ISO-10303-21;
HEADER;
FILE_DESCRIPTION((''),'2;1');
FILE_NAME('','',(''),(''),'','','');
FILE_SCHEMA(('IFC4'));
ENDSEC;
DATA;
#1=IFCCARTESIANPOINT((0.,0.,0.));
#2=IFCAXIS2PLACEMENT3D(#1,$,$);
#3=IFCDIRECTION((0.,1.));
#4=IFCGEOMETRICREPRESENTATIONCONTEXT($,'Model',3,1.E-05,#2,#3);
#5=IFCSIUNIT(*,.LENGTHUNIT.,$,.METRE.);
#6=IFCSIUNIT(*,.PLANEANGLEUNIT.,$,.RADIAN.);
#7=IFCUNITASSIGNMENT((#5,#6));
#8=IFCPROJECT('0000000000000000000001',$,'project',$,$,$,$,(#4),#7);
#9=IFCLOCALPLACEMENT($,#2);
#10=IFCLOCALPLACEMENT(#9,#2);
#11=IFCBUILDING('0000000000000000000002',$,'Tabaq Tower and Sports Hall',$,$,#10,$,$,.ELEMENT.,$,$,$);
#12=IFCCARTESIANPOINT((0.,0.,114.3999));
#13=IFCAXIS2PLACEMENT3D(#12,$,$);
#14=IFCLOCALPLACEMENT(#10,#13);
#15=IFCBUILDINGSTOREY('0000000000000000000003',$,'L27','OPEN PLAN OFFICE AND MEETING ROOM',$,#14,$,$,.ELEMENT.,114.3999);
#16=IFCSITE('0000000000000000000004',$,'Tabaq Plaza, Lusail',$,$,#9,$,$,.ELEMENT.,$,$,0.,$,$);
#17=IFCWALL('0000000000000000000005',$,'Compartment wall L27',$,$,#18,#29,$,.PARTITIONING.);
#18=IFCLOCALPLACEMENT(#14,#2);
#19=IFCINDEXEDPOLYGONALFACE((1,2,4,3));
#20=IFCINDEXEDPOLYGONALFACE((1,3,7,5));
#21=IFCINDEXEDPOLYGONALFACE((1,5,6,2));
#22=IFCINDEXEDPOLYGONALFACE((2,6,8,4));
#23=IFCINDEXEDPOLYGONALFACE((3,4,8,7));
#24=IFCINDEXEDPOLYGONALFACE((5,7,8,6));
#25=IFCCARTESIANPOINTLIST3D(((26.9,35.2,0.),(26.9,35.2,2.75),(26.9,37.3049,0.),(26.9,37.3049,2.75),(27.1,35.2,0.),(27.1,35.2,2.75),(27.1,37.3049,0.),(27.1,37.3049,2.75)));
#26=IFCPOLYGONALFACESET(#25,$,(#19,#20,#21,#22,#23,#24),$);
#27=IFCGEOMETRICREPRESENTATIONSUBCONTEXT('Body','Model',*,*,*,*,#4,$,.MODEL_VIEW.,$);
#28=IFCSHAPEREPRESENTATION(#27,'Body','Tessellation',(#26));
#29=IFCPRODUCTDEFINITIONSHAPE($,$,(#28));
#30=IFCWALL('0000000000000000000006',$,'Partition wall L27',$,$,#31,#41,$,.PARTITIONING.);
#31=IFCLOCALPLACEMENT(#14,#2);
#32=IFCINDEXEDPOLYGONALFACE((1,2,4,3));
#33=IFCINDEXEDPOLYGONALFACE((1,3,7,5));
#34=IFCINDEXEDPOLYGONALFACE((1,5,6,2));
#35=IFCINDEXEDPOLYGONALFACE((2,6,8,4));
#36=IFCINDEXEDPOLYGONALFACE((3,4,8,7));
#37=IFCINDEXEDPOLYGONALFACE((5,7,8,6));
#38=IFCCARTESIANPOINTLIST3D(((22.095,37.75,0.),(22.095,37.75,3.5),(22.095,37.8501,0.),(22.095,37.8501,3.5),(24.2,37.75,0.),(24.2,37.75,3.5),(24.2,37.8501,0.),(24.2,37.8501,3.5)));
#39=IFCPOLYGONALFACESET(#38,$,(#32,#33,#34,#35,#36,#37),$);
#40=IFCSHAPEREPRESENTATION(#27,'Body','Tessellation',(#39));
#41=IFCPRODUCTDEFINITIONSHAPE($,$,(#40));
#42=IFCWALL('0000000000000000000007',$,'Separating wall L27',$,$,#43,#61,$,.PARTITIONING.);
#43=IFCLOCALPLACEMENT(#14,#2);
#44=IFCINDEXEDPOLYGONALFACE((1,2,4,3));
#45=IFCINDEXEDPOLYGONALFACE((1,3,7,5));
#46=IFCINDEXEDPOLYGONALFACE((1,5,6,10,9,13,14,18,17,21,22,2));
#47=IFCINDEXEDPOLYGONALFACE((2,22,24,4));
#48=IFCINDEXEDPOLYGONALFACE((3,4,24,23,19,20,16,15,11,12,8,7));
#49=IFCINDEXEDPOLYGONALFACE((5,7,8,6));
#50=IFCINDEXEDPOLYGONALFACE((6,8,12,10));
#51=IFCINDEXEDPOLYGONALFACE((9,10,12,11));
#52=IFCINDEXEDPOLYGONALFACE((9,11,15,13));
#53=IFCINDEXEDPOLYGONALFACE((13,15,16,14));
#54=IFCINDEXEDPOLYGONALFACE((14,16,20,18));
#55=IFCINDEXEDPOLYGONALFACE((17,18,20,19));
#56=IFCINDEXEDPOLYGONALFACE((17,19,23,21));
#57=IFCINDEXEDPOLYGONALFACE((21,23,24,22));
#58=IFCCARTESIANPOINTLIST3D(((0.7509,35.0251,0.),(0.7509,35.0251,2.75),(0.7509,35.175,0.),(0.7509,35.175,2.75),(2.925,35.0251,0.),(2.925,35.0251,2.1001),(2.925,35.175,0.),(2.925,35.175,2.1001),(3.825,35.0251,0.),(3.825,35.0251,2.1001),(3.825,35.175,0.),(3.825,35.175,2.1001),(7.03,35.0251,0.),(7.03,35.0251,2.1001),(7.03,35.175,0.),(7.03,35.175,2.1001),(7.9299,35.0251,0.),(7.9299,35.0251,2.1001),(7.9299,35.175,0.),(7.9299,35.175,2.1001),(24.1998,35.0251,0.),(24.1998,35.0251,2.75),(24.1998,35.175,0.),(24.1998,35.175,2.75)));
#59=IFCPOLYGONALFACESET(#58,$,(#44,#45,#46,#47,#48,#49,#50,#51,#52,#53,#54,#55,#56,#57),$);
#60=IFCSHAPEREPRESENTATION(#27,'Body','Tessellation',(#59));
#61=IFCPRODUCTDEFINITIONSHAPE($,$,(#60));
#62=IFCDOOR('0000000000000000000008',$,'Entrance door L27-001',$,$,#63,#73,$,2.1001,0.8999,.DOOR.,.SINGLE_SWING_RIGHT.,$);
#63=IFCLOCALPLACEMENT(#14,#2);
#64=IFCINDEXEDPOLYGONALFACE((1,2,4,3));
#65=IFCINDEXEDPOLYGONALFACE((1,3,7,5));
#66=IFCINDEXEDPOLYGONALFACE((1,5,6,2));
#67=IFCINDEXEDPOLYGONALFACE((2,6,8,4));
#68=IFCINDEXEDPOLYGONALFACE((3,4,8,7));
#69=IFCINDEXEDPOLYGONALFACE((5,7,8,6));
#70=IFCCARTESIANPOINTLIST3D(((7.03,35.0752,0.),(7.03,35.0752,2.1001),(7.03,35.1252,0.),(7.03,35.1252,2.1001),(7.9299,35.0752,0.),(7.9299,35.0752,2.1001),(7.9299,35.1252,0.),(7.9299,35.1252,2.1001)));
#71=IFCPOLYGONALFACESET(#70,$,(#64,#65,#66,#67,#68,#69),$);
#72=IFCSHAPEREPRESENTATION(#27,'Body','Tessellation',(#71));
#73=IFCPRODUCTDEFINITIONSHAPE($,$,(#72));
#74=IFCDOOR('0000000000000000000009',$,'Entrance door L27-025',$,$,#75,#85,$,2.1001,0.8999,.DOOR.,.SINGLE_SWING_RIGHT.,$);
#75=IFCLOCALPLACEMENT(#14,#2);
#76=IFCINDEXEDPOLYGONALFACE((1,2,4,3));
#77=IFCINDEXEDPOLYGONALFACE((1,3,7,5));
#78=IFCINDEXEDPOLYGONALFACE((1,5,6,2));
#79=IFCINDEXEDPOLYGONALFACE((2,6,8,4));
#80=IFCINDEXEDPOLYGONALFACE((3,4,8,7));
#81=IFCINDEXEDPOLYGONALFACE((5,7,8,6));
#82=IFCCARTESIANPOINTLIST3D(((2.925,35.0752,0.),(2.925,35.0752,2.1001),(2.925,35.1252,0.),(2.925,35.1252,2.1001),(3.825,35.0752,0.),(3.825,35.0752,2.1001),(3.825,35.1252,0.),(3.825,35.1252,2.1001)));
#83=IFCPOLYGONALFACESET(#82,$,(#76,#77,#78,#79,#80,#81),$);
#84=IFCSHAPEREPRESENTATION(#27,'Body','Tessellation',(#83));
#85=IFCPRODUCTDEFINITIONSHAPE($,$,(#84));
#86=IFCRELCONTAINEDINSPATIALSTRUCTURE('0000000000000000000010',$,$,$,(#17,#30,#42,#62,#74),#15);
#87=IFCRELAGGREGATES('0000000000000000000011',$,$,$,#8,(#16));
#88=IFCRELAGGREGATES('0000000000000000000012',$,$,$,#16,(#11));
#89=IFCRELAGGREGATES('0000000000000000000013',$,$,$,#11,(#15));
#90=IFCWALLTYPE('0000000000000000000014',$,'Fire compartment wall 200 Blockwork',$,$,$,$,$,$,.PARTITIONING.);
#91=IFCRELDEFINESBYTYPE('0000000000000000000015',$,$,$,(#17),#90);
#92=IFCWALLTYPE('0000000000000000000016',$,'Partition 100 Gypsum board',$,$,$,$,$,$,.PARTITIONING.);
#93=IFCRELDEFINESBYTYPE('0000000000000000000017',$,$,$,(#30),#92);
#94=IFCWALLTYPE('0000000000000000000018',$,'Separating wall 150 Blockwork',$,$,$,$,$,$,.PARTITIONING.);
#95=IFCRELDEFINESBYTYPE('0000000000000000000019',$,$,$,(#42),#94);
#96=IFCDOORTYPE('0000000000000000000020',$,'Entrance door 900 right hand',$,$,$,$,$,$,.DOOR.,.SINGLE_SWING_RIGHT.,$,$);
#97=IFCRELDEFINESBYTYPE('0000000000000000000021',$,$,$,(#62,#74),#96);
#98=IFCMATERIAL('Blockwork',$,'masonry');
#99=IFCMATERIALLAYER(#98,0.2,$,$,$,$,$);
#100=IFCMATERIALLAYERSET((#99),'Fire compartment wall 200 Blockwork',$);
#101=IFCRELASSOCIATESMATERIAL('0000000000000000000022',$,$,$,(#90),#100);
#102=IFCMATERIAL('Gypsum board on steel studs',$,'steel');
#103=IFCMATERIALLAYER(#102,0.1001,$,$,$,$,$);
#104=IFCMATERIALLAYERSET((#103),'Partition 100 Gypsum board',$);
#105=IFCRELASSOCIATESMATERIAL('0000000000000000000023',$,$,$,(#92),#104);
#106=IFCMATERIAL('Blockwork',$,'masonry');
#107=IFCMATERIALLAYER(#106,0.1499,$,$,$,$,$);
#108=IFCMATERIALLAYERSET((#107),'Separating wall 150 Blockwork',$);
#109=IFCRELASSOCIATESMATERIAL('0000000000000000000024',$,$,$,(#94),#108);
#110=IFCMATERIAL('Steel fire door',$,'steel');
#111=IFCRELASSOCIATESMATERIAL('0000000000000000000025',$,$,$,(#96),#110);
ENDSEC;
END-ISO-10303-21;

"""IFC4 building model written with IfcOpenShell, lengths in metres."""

from ifc_helpers import new_model, si_unit, direction, frame, frame_2d, origin, place, context, subcontext, project, spatial, rectangle, extrude, material, layer, layer_set, type_object, element, fill, save


model = new_model("IFC4")

# Units and contexts
model_context = context("Model", 3, precision=1e-05, world=origin(), true_north=direction((0.0, 1.0)))
body_context = subcontext(model_context, "Body", "Model", "MODEL_VIEW")
ifc_project = project(units=[si_unit("LENGTHUNIT", "METRE"), si_unit("PLANEANGLEUNIT", "RADIAN")], contexts=[model_context])

# Site, building, storey
site_placement = place(None, origin())
site = spatial("IfcSite", under=ifc_project, at=site_placement, Name="Tabaq Plaza, Lusail", CompositionType="ELEMENT", RefElevation=0.0)
building_placement = place(site_placement, origin())
building = spatial("IfcBuilding", under=site, at=building_placement, Name="Tabaq Tower and Sports Hall", CompositionType="ELEMENT")
storey_placement = place(building_placement, frame((0.0, 0.0, 114.3999)))
storey = spatial("IfcBuildingStorey", under=building, at=storey_placement, Name="L27", Description="OPEN PLAN OFFICE AND MEETING ROOM", CompositionType="ELEMENT", Elevation=114.3999)

# Shared definitions
ifc_material_1 = material(Name="Blockwork", Category="masonry")
ifc_layer_1 = layer(ifc_material_1, 0.2)
ifc_layer_set_1 = layer_set([ifc_layer_1], Name="Fire compartment wall 200 Blockwork")
wall_type_1 = type_object("IfcWallType", Name="Fire compartment wall 200 Blockwork", PredefinedType="PARTITIONING", material=ifc_layer_set_1)

# Walls
wall_1_placement = place(storey_placement, frame((27.0, 35.2, 0.0), z_axis=(0.0, 0.0, 1.0), x_axis=(0.0, 1.0, 0.0)))
element("IfcWall", 1, at=wall_1_placement, inside=storey, type_object=wall_type_1, Name="Compartment wall L27", PredefinedType="PARTITIONING", context=body_context, shape_type="SweptSolid", body=[
    extrude(rectangle(XDim=2.105, YDim=0.2, at=frame_2d((1.0525, 0.0))), origin(), (0.0, 0.0, 1.0), 2.75),
])
ifc_material_2 = material(Name="Gypsum board on steel studs", Category="steel")
ifc_layer_2 = layer(ifc_material_2, 0.1001)
ifc_layer_set_2 = layer_set([ifc_layer_2], Name="Partition 100 Gypsum board")
wall_type_2 = type_object("IfcWallType", Name="Partition 100 Gypsum board", PredefinedType="PARTITIONING", material=ifc_layer_set_2)
wall_2_placement = place(storey_placement, frame((24.2, 37.8, 0.0), z_axis=(0.0, 0.0, 1.0), x_axis=(-1.0, 0.0, 0.0)))
element("IfcWall", 2, at=wall_2_placement, inside=storey, type_object=wall_type_2, Name="Partition wall L27", PredefinedType="PARTITIONING", context=body_context, shape_type="SweptSolid", body=[
    extrude(rectangle(XDim=2.105, YDim=0.1001, at=frame_2d((1.0525, 0.0))), origin(), (0.0, 0.0, 1.0), 3.5),
])

# Wall, openings, doors
ifc_material_3 = material(Name="Blockwork", Category="masonry")
ifc_layer_3 = layer(ifc_material_3, 0.1499)
ifc_layer_set_3 = layer_set([ifc_layer_3], Name="Separating wall 150 Blockwork")
wall_type_3 = type_object("IfcWallType", Name="Separating wall 150 Blockwork", PredefinedType="PARTITIONING", material=ifc_layer_set_3)
wall_3_placement = place(storey_placement, frame((24.2, 35.1001, 0.0), z_axis=(0.0, 0.0, 1.0), x_axis=(-1.0, 0.0, 0.0)))
wall_3 = element("IfcWall", 3, at=wall_3_placement, inside=storey, type_object=wall_type_3, Name="Separating wall L27", PredefinedType="PARTITIONING", context=body_context, shape_type="SweptSolid", body=[
    extrude(rectangle(XDim=23.449, YDim=0.1499, at=frame_2d((11.7246, 0.0))), origin(), (0.0, 0.0, 1.0), 2.75),
])
opening_1_placement = place(wall_3_placement, frame((16.27, 0.0, 0.0)))
opening_1 = element("IfcOpeningElement", 4, at=opening_1_placement, cuts=wall_3, PredefinedType="OPENING", context=body_context, shape_type="SweptSolid", body=[
    extrude(rectangle(XDim=0.8999, YDim=2.1001, at=frame_2d((0.45, 1.05))), frame((0.0, 0.075, 0.0), z_axis=(0.0, -1.0, 0.0), x_axis=(1.0, 0.0, 0.0)), (0.0, 0.0, 1.0), 0.1499),
])
opening_2_placement = place(wall_3_placement, frame((20.375, 0.0, 0.0)))
opening_2 = element("IfcOpeningElement", 5, at=opening_2_placement, cuts=wall_3, PredefinedType="OPENING", context=body_context, shape_type="SweptSolid", body=[
    extrude(rectangle(XDim=0.8999, YDim=2.1001, at=frame_2d((0.45, 1.05))), frame((0.0, 0.075, 0.0), z_axis=(0.0, -1.0, 0.0), x_axis=(1.0, 0.0, 0.0)), (0.0, 0.0, 1.0), 0.1499),
])
ifc_material_4 = material(Name="Steel fire door", Category="steel")
door_type_1 = type_object("IfcDoorType", Name="Entrance door 900 right hand", OperationType="SINGLE_SWING_RIGHT", PredefinedType="DOOR", material=ifc_material_4)
door_1_placement = place(opening_1_placement, origin())
door_1 = element("IfcDoor", 6, at=door_1_placement, inside=storey, type_object=door_type_1, Name="Entrance door L27-001", OperationType="SINGLE_SWING_RIGHT", OverallHeight=2.1001, OverallWidth=0.8999, PredefinedType="DOOR", context=body_context, shape_type="SweptSolid", body=[
    extrude(rectangle(XDim=0.8999, YDim=2.1001, at=frame_2d((0.45, 1.05))), frame((0.0, 0.0249, 0.0), z_axis=(0.0, -1.0, 0.0), x_axis=(1.0, 0.0, 0.0)), (0.0, 0.0, 1.0), 0.05),
])
fill(opening_1, door_1)
door_2_placement = place(opening_2_placement, origin())
door_2 = element("IfcDoor", 7, at=door_2_placement, inside=storey, type_object=door_type_1, Name="Entrance door L27-025", OperationType="SINGLE_SWING_RIGHT", OverallHeight=2.1001, OverallWidth=0.8999, PredefinedType="DOOR", context=body_context, shape_type="SweptSolid", body=[
    extrude(rectangle(XDim=0.8999, YDim=2.1001, at=frame_2d((0.45, 1.05))), frame((0.0, 0.0249, 0.0), z_axis=(0.0, -1.0, 0.0), x_axis=(1.0, 0.0, 0.0)), (0.0, 0.0, 1.0), 0.05),
])
fill(opening_2, door_2)

save(model, "model.ifc")
